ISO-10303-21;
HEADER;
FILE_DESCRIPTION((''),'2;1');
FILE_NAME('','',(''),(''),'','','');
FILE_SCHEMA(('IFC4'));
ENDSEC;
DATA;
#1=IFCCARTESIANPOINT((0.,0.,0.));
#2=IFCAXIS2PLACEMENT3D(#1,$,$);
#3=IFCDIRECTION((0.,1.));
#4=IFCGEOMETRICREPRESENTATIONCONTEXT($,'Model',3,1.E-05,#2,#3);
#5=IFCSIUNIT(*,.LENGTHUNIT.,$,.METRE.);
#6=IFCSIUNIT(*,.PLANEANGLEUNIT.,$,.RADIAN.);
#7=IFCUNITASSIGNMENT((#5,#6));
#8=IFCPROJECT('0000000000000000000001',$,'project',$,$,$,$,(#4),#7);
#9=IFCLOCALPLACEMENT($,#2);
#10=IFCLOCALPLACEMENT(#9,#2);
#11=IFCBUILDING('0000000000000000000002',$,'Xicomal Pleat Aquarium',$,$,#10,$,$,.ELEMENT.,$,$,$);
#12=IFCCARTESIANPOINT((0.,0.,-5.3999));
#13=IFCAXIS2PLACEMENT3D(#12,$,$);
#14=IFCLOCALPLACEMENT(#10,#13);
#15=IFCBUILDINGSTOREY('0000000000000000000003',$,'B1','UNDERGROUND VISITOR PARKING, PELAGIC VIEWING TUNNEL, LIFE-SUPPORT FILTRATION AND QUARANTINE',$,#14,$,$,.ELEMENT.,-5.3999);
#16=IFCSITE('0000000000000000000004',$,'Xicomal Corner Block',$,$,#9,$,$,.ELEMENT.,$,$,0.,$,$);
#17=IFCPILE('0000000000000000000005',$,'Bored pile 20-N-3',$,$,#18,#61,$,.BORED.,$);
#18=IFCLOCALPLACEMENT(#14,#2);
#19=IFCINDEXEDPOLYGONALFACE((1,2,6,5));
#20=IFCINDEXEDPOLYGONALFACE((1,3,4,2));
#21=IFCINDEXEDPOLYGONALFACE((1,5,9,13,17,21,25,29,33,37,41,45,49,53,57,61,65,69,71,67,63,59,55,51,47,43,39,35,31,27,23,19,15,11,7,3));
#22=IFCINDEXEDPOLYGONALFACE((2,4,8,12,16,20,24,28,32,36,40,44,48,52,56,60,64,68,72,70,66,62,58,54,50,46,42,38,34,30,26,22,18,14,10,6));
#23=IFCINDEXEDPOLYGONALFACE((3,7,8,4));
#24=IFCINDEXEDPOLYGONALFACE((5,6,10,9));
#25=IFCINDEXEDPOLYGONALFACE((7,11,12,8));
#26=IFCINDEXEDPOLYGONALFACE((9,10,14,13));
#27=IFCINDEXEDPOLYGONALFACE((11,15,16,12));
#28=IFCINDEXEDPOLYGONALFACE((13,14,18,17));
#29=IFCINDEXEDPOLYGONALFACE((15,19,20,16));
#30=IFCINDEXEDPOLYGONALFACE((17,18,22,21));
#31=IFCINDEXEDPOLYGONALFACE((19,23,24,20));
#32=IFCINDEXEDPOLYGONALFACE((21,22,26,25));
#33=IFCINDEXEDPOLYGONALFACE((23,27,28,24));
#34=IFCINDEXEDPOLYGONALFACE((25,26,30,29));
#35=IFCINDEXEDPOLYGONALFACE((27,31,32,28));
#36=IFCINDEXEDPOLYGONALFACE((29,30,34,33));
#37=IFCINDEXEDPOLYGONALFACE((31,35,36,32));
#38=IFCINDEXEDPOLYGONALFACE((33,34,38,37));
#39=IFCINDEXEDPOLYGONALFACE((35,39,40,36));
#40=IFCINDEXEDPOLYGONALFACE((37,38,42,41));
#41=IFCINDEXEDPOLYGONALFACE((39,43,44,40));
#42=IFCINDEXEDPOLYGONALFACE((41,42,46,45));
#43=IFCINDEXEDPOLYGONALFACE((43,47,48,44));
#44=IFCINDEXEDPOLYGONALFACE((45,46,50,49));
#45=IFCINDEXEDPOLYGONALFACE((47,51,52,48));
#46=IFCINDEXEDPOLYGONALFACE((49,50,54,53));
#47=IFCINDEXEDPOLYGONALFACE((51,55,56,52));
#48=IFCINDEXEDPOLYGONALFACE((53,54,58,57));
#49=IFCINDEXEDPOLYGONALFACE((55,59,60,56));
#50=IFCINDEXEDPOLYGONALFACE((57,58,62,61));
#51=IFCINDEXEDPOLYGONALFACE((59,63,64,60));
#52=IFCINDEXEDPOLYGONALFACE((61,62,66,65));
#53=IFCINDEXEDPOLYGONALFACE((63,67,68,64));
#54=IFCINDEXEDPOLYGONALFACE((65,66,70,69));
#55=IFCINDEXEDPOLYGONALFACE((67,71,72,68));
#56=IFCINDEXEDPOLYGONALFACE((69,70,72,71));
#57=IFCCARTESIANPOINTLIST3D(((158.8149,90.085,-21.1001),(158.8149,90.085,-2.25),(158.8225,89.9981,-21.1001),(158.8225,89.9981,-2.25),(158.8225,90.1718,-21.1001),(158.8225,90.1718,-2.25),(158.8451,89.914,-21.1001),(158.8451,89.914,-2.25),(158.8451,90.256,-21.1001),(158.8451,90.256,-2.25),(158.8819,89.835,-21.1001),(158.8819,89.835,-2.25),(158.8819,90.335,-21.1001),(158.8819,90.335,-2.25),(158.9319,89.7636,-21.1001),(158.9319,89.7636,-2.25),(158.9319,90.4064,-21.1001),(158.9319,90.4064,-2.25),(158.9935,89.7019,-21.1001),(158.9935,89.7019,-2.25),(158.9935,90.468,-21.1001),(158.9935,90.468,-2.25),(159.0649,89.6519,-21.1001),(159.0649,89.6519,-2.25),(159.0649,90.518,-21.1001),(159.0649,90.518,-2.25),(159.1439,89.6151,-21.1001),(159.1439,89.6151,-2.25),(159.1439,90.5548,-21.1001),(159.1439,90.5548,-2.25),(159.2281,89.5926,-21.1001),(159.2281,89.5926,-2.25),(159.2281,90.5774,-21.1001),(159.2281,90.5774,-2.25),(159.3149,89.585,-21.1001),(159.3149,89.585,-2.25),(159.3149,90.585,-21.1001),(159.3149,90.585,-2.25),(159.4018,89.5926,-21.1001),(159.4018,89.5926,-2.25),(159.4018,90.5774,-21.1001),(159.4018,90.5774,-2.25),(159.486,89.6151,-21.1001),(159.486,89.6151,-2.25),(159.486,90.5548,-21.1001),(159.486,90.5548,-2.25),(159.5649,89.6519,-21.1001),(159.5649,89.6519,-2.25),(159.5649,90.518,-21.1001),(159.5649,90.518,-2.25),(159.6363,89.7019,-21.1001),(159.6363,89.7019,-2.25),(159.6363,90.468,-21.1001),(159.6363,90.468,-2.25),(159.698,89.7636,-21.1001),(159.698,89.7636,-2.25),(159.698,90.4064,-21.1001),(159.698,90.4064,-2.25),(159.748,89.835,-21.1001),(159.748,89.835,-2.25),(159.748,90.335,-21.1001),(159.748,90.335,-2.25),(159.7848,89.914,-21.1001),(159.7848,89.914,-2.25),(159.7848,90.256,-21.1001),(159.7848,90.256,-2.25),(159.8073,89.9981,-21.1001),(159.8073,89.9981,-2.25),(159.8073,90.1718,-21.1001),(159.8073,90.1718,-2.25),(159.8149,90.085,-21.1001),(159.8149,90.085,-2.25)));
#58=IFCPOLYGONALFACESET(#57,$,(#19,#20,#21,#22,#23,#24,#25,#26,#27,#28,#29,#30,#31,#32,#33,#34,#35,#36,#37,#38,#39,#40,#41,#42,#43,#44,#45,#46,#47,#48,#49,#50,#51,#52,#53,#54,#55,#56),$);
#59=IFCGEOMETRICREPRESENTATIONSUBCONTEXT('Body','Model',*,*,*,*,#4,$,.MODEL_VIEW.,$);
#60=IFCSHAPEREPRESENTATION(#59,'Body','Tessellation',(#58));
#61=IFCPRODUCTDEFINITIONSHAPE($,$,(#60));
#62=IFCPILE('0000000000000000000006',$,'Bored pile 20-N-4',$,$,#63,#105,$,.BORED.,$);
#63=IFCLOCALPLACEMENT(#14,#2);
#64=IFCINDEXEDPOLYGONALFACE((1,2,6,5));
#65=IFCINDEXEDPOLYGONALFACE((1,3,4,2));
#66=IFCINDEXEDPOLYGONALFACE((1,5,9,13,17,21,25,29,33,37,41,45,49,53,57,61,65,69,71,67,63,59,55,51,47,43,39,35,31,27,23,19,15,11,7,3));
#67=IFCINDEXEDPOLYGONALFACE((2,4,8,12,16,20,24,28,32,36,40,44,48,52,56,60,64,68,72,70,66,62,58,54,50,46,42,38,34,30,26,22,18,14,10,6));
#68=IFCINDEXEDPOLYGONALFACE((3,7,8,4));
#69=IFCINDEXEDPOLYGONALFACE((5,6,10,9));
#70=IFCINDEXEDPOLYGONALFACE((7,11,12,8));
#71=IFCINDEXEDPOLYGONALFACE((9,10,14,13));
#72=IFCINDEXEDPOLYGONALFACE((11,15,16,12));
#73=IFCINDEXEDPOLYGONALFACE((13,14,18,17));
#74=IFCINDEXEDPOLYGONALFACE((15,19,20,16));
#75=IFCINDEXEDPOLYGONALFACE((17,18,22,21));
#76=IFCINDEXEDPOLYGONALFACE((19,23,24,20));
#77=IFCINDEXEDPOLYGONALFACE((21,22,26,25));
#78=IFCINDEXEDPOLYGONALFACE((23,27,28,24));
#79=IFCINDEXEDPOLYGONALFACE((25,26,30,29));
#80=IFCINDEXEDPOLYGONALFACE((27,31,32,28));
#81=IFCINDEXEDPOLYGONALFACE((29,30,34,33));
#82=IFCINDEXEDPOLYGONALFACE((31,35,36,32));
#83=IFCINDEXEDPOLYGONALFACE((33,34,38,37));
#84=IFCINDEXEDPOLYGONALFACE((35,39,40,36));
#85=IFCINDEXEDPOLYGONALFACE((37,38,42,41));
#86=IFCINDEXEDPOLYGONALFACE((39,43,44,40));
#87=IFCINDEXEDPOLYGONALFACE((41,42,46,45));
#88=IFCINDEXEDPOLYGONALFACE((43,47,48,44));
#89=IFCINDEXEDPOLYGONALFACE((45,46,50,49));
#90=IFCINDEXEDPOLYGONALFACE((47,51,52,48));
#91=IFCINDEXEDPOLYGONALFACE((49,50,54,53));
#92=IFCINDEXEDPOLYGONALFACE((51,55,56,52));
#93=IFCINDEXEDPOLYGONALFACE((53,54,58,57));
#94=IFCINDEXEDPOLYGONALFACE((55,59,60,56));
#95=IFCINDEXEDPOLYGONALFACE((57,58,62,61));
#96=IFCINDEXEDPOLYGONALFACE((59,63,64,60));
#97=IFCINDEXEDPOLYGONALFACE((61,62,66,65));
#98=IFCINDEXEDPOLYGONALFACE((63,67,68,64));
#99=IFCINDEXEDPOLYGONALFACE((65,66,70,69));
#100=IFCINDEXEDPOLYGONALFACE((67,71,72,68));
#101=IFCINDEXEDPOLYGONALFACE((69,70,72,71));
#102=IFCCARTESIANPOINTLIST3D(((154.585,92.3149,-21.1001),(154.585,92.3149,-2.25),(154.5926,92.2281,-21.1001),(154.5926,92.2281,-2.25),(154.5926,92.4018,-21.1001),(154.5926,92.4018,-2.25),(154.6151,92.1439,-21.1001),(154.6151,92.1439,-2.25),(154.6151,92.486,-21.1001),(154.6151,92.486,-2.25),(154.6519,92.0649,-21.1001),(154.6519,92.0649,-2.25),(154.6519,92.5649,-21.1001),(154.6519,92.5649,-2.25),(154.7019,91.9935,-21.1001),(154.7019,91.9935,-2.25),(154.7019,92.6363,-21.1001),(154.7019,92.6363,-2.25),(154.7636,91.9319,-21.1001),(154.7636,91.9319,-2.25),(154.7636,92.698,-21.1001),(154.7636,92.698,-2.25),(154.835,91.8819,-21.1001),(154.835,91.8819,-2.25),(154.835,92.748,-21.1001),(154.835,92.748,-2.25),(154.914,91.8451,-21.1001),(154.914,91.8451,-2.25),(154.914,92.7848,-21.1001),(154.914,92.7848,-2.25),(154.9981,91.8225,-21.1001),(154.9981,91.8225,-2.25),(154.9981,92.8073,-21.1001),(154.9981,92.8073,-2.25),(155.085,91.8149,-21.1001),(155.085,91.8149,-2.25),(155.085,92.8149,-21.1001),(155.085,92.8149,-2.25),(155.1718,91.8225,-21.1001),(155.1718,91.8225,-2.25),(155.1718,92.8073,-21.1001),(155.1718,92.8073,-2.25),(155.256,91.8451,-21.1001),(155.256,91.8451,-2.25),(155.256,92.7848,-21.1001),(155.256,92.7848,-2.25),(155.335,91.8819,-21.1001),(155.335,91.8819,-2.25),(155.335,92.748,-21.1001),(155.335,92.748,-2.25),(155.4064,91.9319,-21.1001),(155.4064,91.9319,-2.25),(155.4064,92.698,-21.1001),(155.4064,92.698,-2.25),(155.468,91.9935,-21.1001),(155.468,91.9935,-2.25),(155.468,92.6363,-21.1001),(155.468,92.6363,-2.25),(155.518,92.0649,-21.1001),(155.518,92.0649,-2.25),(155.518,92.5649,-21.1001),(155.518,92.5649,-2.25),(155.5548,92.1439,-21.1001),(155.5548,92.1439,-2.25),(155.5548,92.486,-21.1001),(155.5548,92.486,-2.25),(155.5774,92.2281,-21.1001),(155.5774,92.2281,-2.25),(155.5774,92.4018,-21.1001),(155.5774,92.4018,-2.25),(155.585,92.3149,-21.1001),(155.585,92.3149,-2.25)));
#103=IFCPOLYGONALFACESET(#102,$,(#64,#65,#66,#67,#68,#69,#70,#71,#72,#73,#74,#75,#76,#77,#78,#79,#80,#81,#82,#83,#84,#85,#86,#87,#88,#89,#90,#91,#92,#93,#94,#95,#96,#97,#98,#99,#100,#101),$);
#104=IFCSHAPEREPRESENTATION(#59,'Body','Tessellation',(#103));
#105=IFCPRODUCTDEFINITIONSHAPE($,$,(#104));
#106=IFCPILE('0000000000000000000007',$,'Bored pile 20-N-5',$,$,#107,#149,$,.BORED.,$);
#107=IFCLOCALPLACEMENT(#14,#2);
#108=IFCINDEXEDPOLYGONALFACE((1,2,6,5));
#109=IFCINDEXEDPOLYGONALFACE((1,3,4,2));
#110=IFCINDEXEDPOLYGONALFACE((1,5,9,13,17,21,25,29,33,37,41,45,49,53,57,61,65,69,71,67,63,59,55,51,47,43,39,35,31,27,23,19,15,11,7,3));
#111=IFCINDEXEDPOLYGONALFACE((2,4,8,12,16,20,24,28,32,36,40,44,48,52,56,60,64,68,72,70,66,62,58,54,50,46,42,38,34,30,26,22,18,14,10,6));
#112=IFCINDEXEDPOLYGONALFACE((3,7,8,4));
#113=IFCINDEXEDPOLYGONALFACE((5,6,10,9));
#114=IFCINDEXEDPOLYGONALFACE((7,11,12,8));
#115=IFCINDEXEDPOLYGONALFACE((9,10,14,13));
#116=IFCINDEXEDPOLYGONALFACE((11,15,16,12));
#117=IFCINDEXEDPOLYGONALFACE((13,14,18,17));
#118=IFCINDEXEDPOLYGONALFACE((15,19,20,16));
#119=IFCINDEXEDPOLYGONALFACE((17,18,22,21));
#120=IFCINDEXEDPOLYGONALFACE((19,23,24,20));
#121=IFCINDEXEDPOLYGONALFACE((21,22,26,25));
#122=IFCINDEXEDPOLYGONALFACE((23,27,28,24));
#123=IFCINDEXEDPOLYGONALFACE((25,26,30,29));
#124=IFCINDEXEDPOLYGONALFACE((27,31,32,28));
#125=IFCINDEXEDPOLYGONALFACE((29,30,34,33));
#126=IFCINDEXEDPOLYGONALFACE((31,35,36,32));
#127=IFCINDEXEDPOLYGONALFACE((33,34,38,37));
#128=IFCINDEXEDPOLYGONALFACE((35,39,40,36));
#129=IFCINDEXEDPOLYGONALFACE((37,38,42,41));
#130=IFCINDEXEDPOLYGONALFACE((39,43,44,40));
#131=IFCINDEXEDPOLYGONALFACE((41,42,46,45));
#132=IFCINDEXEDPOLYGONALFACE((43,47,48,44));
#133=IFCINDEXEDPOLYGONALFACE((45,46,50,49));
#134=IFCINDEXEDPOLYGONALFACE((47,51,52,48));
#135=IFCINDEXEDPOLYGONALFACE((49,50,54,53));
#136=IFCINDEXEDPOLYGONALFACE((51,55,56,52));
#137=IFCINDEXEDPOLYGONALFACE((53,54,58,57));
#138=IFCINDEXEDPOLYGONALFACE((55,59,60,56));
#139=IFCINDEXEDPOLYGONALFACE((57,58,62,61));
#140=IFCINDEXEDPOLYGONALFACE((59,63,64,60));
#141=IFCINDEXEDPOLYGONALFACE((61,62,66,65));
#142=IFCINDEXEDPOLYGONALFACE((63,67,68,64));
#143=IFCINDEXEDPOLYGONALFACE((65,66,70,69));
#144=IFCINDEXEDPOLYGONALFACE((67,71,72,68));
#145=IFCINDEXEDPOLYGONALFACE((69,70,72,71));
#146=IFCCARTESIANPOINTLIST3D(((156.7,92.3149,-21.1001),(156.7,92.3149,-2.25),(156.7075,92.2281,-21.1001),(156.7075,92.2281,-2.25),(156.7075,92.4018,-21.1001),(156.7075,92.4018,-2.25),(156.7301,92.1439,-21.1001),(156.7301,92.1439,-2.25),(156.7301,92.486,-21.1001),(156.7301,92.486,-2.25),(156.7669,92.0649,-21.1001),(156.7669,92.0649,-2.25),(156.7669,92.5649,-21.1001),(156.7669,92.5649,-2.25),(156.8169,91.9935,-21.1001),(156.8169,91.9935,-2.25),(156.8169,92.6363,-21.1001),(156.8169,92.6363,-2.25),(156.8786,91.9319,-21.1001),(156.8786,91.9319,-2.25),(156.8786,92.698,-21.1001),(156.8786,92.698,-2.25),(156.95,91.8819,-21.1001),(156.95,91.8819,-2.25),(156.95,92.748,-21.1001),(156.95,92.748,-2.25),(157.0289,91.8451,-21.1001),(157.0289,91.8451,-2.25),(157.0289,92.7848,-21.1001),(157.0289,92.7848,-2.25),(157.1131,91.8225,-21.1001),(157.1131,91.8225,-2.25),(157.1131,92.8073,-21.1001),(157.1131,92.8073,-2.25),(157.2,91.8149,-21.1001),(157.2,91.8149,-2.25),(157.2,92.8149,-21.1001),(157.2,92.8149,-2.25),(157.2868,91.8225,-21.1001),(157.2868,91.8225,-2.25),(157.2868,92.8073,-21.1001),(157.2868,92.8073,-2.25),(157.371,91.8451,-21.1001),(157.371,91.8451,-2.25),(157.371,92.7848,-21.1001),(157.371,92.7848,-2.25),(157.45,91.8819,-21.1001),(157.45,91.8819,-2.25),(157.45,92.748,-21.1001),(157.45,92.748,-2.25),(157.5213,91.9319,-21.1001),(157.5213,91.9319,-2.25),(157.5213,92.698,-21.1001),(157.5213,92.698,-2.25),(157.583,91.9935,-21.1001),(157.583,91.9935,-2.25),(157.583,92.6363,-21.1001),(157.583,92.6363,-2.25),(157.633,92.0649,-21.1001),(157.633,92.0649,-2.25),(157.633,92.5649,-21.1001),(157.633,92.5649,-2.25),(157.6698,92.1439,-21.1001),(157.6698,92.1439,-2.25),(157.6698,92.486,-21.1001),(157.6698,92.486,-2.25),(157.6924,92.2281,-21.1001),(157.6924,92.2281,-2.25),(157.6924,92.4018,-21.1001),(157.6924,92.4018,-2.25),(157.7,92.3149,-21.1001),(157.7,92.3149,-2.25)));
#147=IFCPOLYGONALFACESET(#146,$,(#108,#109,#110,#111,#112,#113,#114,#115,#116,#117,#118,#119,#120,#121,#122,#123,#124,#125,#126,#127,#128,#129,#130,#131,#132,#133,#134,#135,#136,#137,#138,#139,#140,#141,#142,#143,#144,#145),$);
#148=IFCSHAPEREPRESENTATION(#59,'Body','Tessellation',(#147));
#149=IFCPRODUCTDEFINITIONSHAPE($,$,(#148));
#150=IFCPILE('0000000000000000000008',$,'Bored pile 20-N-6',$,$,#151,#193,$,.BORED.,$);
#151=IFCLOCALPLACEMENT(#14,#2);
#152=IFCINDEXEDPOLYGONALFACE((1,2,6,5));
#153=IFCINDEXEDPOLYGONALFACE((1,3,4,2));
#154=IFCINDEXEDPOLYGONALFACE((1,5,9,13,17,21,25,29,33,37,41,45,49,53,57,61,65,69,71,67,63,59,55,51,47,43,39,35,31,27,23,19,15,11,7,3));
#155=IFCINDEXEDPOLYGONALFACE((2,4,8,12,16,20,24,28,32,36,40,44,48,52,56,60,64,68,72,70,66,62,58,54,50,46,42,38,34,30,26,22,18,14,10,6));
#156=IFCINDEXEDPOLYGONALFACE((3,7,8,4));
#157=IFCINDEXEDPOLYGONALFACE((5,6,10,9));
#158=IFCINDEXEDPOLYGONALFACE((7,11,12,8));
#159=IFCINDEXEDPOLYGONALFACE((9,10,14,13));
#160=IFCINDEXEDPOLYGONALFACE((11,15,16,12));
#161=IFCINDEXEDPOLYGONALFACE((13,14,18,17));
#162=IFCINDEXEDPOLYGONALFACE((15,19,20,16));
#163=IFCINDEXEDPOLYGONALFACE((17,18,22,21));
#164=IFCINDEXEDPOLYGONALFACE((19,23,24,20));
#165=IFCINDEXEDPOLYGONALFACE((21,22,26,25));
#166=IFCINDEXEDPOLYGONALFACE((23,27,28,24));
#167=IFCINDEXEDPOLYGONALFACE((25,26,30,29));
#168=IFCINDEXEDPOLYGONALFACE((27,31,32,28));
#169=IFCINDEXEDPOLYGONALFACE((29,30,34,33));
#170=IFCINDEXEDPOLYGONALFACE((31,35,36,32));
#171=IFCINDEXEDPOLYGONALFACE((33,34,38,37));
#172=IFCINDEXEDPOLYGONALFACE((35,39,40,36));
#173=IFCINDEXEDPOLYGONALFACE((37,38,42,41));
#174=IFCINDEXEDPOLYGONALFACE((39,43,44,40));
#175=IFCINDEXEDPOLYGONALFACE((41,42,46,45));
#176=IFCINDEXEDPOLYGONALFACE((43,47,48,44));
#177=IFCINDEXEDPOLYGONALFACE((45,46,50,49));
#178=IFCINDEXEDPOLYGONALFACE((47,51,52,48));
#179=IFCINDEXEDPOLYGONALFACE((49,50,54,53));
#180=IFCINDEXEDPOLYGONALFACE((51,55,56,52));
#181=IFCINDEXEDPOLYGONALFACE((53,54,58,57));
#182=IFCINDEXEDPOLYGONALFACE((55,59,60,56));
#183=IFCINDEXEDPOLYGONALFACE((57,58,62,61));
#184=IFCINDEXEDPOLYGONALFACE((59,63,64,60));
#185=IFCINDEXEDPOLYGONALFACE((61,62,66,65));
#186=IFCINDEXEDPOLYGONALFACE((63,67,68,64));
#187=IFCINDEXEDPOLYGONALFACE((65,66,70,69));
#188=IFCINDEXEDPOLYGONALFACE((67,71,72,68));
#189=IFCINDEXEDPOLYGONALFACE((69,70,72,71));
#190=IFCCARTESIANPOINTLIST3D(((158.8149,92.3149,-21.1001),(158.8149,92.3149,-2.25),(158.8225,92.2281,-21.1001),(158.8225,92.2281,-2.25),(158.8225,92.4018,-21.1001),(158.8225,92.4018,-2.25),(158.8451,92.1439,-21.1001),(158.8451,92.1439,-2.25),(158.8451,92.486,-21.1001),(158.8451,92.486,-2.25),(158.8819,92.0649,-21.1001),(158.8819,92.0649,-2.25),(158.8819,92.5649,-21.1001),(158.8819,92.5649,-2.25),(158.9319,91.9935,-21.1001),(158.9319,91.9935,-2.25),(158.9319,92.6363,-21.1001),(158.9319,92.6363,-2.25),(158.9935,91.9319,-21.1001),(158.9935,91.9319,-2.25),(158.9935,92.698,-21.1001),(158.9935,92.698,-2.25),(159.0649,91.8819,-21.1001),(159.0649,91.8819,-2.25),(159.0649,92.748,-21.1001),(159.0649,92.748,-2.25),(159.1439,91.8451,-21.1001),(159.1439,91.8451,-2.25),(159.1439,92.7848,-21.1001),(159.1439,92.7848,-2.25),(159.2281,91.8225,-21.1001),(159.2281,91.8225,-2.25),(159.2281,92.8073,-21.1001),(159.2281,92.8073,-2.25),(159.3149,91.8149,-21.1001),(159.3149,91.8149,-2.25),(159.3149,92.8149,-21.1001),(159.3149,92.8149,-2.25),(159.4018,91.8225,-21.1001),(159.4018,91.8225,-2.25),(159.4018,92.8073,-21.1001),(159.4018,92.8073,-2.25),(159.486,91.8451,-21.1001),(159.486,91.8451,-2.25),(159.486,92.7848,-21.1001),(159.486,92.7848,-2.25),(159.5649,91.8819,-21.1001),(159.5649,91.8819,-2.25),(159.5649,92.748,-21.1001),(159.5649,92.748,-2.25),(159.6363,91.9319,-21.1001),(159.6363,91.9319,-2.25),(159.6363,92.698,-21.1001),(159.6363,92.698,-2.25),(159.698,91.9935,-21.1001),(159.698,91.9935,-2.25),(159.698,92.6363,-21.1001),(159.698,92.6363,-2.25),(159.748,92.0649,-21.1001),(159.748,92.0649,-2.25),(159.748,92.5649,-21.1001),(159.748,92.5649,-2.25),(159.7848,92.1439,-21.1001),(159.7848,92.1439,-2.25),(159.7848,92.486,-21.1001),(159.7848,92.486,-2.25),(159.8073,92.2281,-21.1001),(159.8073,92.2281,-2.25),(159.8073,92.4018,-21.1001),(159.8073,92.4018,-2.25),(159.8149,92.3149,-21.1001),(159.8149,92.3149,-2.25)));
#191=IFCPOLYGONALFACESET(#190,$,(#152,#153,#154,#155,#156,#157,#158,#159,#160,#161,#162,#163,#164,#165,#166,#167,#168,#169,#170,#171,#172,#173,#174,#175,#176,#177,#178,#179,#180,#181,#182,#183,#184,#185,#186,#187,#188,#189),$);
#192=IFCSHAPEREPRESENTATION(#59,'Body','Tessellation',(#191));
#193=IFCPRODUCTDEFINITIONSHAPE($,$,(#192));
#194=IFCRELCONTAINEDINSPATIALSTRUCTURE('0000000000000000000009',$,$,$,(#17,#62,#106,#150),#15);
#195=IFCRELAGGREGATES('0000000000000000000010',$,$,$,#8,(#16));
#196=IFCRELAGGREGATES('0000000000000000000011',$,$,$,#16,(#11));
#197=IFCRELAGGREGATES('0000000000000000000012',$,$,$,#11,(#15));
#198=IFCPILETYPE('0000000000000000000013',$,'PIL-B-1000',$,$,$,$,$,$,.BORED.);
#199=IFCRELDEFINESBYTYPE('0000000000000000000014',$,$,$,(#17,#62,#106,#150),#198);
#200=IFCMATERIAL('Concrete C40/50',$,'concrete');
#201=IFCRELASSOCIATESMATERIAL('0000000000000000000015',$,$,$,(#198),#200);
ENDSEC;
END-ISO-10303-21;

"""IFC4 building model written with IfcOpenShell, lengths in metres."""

from ifc_helpers import new_model, si_unit, direction, frame, origin, origin_2d, place, context, subcontext, project, spatial, circle, extrude, material, material_profile, profile_set, type_object, element, save


model = new_model("IFC4")

# Units and contexts
model_context = context("Model", 3, precision=1e-05, world=origin(), true_north=direction((0.0, 1.0)))
body_context = subcontext(model_context, "Body", "Model", "MODEL_VIEW")
ifc_project = project(units=[si_unit("LENGTHUNIT", "METRE"), si_unit("PLANEANGLEUNIT", "RADIAN")], contexts=[model_context])

# Site, building, storey
site_placement = place(None, origin())
site = spatial("IfcSite", under=ifc_project, at=site_placement, Name="Xicomal Corner Block", CompositionType="ELEMENT", RefElevation=0.0)
building_placement = place(site_placement, origin())
building = spatial("IfcBuilding", under=site, at=building_placement, Name="Xicomal Pleat Aquarium", CompositionType="ELEMENT")
storey_placement = place(building_placement, frame((0.0, 0.0, -5.3999)))
storey = spatial("IfcBuildingStorey", under=building, at=storey_placement, Name="B1", Description="UNDERGROUND VISITOR PARKING, PELAGIC VIEWING TUNNEL, LIFE-SUPPORT FILTRATION AND QUARANTINE", CompositionType="ELEMENT", Elevation=-5.3999)

# Piles
ifc_material_1 = material(Name="Concrete C40/50", Category="concrete")
ifc_material_profile_1 = material_profile(ifc_material_1, circle(Radius=0.5, at=origin_2d()), Name="BORED PILE D1000")
ifc_profile_set_1 = profile_set([ifc_material_profile_1], Name="Concrete C40/50")
pile_type_1 = type_object("IfcPileType", Name="PIL-B-1000", PredefinedType="BORED", material=ifc_profile_set_1)
for number, where, z_axis, x_axis, name in (
    (1, (159.3149, 90.085, -2.25), (0.0, 0.0, -1.0), (1.0, 0.0, 0.0), "Bored pile 20-N-3"),
    (2, (155.085, 92.3149, -2.25), (0.0, 0.0, -1.0), (1.0, 0.0, 0.0), "Bored pile 20-N-4"),
    (3, (157.2, 92.3149, -2.25), (0.0, 0.0, -1.0), (1.0, 0.0, 0.0), "Bored pile 20-N-5"),
    (4, (159.3149, 92.3149, -2.25), (0.0, 0.0, -1.0), (1.0, 0.0, 0.0), "Bored pile 20-N-6"),
):
    element("IfcPile", number, at=place(storey_placement, frame(where, z_axis=z_axis, x_axis=x_axis)), inside=storey, type_object=pile_type_1, Name=name, PredefinedType="BORED", context=body_context, shape_type="SweptSolid", body=[
        extrude(circle(Radius=0.5, at=origin_2d()), origin(), (0.0, 0.0, 1.0), 18.8501),
    ])

save(model, "model.ifc")
